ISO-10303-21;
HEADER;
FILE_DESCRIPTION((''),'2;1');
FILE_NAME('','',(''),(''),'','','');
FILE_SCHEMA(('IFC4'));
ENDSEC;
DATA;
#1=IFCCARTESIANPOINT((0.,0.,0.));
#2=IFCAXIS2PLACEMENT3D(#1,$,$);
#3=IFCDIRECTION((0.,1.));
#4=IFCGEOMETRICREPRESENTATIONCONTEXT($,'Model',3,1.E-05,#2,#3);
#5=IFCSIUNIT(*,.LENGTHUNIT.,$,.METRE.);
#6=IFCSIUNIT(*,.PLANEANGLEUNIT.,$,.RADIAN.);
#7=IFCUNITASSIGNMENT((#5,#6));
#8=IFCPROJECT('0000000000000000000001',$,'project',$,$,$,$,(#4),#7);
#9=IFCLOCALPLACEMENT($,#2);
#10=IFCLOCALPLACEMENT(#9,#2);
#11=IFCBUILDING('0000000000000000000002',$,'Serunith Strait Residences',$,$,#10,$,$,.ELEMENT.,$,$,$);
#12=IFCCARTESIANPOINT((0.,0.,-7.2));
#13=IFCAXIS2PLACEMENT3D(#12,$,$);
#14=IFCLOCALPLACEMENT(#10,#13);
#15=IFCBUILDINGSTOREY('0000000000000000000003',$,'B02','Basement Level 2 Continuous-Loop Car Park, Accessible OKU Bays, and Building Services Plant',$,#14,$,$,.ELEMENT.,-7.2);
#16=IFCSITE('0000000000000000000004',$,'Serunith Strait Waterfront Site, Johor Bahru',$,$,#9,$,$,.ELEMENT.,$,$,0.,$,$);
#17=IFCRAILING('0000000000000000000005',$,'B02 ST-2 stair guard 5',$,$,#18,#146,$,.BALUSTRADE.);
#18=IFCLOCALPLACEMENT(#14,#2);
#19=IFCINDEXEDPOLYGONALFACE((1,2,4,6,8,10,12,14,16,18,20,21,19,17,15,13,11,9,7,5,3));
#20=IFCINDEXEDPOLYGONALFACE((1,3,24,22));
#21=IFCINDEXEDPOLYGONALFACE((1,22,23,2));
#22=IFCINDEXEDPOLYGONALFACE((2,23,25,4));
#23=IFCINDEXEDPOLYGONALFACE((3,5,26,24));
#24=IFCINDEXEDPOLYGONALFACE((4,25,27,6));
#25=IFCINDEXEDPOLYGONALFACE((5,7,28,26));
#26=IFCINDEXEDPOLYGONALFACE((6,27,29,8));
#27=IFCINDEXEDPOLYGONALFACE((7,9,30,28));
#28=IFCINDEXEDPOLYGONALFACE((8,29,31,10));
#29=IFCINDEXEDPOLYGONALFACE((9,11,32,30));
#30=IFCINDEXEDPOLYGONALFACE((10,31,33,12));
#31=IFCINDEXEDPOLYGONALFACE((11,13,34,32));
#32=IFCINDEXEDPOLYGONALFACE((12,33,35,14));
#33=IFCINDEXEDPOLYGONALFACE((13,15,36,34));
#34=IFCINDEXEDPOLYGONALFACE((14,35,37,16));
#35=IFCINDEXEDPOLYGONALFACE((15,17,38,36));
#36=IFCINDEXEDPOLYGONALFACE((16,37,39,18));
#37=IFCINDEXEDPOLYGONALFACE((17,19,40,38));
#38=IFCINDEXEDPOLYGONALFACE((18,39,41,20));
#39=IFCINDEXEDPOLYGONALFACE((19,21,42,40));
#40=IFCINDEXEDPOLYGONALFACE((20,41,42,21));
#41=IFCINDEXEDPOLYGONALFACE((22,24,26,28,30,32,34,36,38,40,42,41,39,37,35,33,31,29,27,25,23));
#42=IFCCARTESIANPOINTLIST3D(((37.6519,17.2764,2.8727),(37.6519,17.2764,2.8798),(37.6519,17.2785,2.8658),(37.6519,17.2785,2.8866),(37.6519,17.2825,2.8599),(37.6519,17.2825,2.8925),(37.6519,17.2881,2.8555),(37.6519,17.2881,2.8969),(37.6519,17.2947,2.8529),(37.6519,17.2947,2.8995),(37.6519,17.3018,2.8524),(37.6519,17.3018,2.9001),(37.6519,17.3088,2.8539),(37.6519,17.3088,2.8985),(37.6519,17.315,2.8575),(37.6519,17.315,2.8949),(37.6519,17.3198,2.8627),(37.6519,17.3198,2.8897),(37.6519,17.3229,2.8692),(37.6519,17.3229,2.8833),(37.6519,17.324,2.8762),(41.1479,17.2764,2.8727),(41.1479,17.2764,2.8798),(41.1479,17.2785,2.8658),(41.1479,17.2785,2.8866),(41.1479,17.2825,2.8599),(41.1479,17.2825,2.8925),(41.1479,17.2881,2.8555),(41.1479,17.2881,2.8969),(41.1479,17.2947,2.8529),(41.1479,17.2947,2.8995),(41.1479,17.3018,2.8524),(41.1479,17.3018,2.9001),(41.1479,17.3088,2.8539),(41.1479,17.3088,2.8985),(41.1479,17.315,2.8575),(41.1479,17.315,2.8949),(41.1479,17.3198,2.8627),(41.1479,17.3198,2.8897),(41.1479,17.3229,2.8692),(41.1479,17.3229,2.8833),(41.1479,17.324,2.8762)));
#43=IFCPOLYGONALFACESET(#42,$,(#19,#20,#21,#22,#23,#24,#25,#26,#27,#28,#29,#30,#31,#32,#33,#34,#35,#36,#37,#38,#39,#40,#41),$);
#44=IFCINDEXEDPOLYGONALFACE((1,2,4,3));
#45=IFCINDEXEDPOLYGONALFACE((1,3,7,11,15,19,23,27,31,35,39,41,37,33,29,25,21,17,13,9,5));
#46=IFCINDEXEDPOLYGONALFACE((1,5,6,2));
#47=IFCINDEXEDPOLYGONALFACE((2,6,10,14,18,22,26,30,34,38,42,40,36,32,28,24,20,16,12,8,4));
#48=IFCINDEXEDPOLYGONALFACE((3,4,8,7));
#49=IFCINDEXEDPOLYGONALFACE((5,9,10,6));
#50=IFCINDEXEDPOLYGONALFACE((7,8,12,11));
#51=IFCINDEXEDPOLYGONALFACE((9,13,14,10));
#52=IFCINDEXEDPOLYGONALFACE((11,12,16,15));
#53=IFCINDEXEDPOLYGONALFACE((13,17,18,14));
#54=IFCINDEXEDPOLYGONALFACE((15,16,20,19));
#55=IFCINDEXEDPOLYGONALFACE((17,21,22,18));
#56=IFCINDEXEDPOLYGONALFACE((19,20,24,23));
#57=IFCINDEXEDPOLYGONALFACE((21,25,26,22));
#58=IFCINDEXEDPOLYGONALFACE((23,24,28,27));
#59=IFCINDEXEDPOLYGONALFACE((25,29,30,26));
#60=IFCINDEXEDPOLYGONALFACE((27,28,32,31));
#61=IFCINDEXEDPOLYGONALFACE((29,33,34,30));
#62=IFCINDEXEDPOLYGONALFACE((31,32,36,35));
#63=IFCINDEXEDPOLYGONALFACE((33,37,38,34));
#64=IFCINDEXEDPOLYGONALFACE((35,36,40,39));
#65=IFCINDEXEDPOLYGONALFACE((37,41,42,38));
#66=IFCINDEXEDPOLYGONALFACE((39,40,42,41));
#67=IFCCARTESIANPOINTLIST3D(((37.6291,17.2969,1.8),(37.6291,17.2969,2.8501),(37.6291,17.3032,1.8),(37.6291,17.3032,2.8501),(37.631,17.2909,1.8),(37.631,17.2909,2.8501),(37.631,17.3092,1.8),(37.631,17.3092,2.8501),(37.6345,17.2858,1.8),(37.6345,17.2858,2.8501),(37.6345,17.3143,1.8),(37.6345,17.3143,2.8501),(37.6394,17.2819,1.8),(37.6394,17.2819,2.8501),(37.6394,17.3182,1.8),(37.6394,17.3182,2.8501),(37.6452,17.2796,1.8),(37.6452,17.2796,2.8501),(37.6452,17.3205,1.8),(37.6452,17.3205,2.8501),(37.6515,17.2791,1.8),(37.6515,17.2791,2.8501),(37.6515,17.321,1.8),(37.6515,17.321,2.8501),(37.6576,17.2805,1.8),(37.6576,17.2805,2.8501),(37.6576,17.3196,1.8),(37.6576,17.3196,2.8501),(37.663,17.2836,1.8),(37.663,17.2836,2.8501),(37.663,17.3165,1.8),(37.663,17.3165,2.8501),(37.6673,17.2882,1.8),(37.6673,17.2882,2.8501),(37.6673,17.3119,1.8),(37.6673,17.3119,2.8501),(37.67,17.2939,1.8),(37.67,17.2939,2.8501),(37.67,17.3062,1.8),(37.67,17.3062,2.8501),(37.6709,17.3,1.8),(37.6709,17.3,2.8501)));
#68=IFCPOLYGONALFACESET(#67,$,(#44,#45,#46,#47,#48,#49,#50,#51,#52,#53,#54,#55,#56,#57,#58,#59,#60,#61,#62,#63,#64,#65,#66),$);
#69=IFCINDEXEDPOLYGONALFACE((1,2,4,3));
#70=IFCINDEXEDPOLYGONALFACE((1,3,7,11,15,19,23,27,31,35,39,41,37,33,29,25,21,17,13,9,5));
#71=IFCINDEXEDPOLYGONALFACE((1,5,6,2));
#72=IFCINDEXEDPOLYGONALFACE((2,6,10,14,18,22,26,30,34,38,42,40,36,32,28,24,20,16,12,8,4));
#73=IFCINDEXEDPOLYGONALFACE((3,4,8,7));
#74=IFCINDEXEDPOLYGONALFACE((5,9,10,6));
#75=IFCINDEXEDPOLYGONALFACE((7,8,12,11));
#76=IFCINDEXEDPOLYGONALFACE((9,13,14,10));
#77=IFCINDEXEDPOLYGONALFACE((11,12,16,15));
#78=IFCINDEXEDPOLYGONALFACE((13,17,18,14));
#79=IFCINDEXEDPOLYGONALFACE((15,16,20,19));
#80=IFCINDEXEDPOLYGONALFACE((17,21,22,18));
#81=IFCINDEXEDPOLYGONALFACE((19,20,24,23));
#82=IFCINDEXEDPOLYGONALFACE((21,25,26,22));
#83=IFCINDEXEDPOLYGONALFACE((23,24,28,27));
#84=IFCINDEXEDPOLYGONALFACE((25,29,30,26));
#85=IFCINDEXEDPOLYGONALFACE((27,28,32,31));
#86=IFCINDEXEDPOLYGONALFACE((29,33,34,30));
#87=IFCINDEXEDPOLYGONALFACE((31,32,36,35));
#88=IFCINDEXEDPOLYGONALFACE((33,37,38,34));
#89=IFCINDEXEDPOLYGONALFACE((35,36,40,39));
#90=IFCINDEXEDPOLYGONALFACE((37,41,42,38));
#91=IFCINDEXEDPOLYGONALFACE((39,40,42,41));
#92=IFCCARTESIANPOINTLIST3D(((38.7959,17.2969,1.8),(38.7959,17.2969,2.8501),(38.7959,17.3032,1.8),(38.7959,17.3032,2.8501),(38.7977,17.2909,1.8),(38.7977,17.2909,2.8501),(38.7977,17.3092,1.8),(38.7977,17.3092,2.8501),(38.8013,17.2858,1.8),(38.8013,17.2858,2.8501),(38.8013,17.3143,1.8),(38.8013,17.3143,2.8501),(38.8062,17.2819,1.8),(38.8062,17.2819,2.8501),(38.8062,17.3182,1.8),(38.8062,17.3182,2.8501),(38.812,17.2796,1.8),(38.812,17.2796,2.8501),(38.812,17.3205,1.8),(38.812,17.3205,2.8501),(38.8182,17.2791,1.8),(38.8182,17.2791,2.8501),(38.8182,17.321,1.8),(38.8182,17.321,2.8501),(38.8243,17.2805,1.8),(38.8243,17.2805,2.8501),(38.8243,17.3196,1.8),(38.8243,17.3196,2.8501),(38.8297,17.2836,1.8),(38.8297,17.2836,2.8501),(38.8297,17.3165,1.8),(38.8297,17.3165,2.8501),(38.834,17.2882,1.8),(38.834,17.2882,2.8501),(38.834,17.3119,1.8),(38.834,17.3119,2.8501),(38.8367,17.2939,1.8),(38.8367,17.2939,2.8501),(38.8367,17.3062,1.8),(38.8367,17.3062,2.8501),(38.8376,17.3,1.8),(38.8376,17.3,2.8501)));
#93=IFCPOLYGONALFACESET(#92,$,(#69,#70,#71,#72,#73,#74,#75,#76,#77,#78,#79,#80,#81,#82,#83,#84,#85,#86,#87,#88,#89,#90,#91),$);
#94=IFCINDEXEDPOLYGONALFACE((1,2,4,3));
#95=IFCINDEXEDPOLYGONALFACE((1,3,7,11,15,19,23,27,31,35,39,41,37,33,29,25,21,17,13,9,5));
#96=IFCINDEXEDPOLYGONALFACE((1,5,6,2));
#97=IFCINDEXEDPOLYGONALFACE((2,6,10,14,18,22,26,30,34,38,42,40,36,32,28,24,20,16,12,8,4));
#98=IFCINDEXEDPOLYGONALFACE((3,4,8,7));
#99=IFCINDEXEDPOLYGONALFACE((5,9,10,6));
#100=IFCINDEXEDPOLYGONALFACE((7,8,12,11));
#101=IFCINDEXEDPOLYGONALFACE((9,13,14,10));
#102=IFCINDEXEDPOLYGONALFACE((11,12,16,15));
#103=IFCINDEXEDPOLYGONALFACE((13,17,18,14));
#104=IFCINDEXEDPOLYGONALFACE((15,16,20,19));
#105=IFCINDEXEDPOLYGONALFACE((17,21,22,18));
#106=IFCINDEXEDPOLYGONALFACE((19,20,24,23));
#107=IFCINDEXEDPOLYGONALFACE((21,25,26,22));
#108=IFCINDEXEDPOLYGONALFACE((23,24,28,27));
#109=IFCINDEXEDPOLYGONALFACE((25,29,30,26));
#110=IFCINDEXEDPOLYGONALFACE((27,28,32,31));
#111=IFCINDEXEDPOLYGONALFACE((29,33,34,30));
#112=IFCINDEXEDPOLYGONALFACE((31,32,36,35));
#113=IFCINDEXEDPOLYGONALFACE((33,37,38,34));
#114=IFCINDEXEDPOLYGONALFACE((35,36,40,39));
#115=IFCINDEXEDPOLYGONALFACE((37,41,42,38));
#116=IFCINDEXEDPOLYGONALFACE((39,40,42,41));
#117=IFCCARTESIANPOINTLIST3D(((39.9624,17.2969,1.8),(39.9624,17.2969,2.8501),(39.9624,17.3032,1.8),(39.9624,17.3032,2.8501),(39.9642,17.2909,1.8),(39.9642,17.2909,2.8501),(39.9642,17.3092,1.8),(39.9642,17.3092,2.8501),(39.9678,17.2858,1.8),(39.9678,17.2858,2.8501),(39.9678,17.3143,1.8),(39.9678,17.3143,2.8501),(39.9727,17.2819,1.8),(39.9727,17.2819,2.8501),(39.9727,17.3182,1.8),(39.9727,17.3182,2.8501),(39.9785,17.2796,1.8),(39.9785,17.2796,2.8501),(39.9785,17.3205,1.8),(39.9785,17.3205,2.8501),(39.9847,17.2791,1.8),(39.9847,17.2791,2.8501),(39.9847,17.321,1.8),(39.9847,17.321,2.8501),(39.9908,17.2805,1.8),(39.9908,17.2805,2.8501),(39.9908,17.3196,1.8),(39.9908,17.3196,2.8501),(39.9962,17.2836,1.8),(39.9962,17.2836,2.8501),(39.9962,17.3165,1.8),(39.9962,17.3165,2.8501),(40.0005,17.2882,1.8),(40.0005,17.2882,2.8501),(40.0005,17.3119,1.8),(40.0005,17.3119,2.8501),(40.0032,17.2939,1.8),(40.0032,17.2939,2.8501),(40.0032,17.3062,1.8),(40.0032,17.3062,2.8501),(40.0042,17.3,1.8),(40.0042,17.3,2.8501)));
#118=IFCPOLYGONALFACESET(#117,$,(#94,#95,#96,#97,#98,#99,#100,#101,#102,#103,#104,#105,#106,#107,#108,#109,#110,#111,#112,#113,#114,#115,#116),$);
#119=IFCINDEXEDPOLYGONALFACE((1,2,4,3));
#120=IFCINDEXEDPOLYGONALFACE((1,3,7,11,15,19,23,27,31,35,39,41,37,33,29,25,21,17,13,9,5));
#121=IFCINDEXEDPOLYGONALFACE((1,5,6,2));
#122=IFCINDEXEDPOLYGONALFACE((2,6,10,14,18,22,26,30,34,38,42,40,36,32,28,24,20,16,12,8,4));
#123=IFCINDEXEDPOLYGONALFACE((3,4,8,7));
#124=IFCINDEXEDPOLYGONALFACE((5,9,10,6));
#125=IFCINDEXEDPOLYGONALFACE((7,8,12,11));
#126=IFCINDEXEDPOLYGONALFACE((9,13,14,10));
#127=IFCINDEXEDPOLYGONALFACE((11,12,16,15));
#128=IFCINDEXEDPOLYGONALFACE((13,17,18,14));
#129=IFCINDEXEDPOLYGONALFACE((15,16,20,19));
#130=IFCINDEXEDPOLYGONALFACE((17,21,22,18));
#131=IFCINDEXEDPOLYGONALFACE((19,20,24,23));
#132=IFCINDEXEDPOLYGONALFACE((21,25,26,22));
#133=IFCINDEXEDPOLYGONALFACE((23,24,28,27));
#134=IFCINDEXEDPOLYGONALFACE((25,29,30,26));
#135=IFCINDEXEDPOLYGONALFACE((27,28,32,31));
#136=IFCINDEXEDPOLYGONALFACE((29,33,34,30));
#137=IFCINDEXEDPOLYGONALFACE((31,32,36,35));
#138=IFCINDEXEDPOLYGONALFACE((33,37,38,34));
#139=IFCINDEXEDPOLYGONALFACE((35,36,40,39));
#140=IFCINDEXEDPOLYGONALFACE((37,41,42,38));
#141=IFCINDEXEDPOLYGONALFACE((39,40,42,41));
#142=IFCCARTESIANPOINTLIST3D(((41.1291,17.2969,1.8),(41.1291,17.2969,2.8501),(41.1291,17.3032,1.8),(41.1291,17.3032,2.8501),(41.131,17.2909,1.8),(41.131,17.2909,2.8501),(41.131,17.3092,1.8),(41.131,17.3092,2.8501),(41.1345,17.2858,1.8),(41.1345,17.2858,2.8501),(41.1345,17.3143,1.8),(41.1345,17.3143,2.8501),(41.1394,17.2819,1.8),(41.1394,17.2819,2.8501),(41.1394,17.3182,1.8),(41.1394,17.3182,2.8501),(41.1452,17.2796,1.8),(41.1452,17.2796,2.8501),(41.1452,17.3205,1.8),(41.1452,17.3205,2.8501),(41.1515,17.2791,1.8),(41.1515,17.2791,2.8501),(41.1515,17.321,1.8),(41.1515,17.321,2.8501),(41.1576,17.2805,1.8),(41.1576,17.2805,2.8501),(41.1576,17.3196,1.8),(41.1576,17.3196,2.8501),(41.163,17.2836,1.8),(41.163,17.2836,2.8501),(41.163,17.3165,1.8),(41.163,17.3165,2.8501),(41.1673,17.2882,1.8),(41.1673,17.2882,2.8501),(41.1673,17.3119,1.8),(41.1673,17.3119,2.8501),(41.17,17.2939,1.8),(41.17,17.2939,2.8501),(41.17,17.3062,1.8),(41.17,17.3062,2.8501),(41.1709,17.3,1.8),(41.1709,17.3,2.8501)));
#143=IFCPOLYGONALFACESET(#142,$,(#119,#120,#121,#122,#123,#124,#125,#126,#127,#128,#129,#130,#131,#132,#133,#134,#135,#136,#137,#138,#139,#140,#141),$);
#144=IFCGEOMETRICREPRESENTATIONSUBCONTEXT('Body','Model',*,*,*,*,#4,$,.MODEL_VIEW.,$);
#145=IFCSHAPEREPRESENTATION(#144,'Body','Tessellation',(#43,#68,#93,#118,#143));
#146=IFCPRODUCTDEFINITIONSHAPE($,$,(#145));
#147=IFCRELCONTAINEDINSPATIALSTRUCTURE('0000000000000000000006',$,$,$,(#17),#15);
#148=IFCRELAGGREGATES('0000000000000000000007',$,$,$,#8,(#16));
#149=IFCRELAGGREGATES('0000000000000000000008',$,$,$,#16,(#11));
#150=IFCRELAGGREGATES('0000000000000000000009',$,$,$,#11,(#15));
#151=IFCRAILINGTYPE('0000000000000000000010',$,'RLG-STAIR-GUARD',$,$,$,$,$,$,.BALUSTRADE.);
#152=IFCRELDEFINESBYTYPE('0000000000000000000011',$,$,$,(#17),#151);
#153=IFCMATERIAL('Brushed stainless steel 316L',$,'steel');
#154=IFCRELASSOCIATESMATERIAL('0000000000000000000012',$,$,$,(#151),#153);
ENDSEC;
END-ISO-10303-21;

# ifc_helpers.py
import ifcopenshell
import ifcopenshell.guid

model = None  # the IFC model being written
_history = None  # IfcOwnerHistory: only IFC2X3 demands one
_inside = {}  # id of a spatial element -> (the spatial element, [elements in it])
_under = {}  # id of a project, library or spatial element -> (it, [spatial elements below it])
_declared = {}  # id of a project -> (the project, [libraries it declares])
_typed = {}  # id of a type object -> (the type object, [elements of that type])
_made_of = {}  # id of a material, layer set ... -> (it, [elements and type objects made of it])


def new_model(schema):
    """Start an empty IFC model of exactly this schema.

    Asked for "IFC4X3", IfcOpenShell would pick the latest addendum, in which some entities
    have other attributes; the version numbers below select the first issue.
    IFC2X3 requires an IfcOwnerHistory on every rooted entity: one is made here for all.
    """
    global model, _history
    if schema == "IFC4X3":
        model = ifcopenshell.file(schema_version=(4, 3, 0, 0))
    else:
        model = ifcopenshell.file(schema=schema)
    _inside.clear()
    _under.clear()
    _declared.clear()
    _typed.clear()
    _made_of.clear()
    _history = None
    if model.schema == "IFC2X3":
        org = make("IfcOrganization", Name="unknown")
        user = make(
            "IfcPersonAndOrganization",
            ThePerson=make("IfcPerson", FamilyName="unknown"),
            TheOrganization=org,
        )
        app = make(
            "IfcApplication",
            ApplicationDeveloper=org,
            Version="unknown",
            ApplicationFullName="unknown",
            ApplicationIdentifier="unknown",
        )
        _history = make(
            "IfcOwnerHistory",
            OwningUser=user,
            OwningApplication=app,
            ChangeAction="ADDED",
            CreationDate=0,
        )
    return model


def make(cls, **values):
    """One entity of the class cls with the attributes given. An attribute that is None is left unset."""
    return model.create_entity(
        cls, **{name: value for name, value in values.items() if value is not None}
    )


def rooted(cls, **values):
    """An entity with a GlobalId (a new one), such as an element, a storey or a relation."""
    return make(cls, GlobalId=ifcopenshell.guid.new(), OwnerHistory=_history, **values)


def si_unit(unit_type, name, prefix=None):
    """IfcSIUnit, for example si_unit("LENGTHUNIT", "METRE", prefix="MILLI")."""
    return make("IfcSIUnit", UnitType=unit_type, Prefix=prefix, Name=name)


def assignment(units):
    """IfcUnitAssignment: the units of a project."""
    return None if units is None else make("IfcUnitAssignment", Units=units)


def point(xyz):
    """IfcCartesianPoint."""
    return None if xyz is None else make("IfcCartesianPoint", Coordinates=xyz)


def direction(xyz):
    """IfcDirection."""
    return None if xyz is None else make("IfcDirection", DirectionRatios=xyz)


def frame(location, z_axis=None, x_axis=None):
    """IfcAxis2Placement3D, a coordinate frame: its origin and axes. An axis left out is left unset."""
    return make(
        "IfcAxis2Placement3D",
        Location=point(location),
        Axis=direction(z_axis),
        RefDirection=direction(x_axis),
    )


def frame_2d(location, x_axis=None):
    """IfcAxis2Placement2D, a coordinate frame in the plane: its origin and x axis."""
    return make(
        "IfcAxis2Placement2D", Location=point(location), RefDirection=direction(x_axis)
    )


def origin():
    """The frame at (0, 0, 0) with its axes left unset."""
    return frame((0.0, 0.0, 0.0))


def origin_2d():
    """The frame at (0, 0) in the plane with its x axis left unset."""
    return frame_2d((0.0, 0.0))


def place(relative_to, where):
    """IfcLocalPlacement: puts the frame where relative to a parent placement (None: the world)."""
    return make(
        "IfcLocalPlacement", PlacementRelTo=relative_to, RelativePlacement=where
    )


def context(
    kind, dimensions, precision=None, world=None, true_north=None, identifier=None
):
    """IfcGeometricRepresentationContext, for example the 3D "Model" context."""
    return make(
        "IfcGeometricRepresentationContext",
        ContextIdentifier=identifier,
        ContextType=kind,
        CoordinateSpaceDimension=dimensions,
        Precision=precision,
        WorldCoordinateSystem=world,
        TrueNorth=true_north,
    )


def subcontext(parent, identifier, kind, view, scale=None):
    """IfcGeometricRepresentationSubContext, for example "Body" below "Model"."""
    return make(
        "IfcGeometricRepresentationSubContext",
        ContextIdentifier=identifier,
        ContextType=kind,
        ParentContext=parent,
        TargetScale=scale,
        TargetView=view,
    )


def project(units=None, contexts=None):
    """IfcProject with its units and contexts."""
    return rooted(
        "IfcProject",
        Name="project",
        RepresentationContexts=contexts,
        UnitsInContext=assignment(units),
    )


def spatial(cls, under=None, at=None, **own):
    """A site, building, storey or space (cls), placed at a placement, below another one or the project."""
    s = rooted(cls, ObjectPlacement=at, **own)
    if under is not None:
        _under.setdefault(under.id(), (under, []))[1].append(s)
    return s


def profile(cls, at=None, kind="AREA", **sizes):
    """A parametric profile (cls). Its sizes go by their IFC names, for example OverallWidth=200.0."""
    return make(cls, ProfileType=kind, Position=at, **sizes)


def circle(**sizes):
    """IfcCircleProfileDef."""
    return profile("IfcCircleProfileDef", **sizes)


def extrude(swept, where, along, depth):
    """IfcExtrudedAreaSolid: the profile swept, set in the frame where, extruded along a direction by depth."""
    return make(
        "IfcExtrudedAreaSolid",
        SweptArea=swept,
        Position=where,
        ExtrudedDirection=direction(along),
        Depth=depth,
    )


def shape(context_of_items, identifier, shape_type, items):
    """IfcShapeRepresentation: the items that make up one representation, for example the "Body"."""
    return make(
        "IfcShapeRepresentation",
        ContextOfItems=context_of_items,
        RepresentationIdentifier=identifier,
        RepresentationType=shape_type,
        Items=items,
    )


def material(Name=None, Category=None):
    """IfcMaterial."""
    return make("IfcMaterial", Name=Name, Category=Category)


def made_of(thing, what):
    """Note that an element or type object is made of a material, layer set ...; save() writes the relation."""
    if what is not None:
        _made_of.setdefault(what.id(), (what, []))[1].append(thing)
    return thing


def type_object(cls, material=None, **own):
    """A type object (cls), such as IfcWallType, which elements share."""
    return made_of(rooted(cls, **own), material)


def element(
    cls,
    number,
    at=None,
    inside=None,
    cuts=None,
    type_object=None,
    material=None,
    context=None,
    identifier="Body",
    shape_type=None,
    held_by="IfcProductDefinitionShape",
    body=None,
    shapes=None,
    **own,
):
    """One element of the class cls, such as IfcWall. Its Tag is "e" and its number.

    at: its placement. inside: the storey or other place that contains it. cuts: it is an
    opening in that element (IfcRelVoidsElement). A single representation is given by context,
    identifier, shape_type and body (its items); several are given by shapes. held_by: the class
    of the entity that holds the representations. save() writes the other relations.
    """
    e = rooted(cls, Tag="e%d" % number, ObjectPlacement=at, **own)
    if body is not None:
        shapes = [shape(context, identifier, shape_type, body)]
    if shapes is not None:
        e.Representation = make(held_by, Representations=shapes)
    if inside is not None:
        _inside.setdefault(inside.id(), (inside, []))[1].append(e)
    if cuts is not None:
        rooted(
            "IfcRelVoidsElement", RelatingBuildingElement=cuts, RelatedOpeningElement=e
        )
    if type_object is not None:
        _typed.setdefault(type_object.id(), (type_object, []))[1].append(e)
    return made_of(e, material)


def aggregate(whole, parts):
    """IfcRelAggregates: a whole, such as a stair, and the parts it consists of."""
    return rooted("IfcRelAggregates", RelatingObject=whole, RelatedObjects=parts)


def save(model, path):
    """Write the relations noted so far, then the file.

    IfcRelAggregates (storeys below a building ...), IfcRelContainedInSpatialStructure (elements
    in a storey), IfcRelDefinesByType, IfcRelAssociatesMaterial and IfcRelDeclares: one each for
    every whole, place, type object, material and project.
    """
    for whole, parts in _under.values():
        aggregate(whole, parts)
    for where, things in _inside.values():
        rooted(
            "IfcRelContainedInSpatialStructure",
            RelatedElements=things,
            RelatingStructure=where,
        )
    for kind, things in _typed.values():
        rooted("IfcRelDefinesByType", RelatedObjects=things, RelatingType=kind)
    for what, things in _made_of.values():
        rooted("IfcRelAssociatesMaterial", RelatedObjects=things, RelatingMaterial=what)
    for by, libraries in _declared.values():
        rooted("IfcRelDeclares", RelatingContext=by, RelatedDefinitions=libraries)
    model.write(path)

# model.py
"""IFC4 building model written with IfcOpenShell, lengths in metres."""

from ifc_helpers import new_model, si_unit, direction, frame, origin, origin_2d, place, context, subcontext, project, spatial, circle, extrude, material, type_object, element, save


model = new_model("IFC4")

# Units and contexts
model_context = context("Model", 3, precision=1e-05, world=origin(), true_north=direction((0.0, 1.0)))
body_context = subcontext(model_context, "Body", "Model", "MODEL_VIEW")
ifc_project = project(units=[si_unit("LENGTHUNIT", "METRE"), si_unit("PLANEANGLEUNIT", "RADIAN")], contexts=[model_context])

# Site, building, storey
site_placement = place(None, origin())
site = spatial("IfcSite", under=ifc_project, at=site_placement, Name="Serunith Strait Waterfront Site, Johor Bahru", CompositionType="ELEMENT", RefElevation=0.0)
building_placement = place(site_placement, origin())
building = spatial("IfcBuilding", under=site, at=building_placement, Name="Serunith Strait Residences", CompositionType="ELEMENT")
storey_placement = place(building_placement, frame((0.0, 0.0, -7.2)))
storey = spatial("IfcBuildingStorey", under=building, at=storey_placement, Name="B02", Description="Basement Level 2 Continuous-Loop Car Park, Accessible OKU Bays, and Building Services Plant", CompositionType="ELEMENT", Elevation=-7.2)

# Railing
ifc_material_1 = material(Name="Brushed stainless steel 316L", Category="steel")
railing_type_1 = type_object("IfcRailingType", Name="RLG-STAIR-GUARD", PredefinedType="BALUSTRADE", material=ifc_material_1)
railing_1_placement = place(storey_placement, frame((37.6499, 17.3, 1.8)))
element("IfcRailing", 1, at=railing_1_placement, inside=storey, type_object=railing_type_1, Name="B02 ST-2 stair guard 5", PredefinedType="BALUSTRADE", context=body_context, shape_type="SweptSolid", body=[
    extrude(circle(Radius=0.0239, at=origin_2d()), frame((0.002, 0.0, 1.0762), z_axis=(1.0, 0.0, 0.0), x_axis=(0.0, 1.0, 0.0)), (0.0, 0.0, 1.0), 3.4961),
    extrude(circle(Radius=0.021, at=origin_2d()), origin(), (0.0, 0.0, 1.0), 1.05),
    extrude(circle(Radius=0.021, at=origin_2d()), frame((1.1667, 0.0, 0.0)), (0.0, 0.0, 1.0), 1.05),
    extrude(circle(Radius=0.021, at=origin_2d()), frame((2.3333, 0.0, 0.0)), (0.0, 0.0, 1.0), 1.05),
    extrude(circle(Radius=0.021, at=origin_2d()), frame((3.5, 0.0, 0.0)), (0.0, 0.0, 1.0), 1.05),
])

save(model, "model.ifc")
